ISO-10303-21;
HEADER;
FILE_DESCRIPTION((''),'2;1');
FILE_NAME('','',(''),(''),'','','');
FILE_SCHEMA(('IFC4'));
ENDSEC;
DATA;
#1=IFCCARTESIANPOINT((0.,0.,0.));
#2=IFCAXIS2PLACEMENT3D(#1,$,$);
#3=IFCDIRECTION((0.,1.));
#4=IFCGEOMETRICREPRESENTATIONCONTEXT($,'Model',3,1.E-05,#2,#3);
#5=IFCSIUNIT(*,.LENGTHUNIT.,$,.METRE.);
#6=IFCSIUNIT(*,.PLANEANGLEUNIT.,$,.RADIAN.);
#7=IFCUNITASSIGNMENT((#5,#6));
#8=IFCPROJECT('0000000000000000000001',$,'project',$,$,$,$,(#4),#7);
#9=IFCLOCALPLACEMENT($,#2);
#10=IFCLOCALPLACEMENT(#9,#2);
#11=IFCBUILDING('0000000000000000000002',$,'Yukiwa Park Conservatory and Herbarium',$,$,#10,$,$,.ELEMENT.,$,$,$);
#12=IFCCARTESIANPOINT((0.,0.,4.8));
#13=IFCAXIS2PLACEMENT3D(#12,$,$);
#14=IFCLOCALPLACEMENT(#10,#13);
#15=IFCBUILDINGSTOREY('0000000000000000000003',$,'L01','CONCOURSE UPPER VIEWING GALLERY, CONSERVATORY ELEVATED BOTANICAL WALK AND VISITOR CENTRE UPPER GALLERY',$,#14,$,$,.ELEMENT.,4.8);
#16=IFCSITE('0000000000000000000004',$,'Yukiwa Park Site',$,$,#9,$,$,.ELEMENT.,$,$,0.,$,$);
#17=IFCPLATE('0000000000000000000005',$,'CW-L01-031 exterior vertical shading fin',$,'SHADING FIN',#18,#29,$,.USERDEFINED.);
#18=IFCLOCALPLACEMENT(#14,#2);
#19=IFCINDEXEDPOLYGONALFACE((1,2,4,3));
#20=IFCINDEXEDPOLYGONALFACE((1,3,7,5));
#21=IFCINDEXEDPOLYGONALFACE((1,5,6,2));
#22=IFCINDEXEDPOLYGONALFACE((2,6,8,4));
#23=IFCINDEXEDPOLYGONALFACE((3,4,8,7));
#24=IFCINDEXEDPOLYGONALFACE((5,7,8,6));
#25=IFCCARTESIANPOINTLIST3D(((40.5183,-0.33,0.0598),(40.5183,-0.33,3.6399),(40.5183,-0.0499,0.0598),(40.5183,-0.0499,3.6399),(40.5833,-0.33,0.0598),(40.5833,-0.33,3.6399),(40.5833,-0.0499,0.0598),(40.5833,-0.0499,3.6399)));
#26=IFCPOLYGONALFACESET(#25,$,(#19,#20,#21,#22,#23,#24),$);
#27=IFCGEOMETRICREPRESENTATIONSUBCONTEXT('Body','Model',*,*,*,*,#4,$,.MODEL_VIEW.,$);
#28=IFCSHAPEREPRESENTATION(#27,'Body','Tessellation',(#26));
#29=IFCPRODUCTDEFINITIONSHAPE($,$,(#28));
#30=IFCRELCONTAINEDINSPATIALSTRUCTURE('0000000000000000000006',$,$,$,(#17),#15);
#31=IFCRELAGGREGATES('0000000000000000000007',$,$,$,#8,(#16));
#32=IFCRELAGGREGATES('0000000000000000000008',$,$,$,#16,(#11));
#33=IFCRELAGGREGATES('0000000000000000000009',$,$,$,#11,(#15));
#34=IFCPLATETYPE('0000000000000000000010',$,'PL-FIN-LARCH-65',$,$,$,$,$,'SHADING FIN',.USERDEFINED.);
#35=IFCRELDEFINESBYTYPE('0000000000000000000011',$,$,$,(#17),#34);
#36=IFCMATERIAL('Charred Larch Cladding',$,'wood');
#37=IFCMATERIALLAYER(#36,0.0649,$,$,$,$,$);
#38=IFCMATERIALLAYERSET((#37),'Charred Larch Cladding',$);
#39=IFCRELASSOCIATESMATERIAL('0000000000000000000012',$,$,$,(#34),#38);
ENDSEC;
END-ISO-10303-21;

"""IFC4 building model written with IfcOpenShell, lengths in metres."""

from ifc_helpers import new_model, si_unit, direction, frame, origin, origin_2d, place, context, subcontext, project, spatial, rectangle, extrude, material, layer, layer_set, type_object, element, save


model = new_model("IFC4")

# Units and contexts
model_context = context("Model", 3, precision=1e-05, world=origin(), true_north=direction((0.0, 1.0)))
body_context = subcontext(model_context, "Body", "Model", "MODEL_VIEW")
ifc_project = project(units=[si_unit("LENGTHUNIT", "METRE"), si_unit("PLANEANGLEUNIT", "RADIAN")], contexts=[model_context])

# Site, building, storey
site_placement = place(None, origin())
site = spatial("IfcSite", under=ifc_project, at=site_placement, Name="Yukiwa Park Site", CompositionType="ELEMENT", RefElevation=0.0)
building_placement = place(site_placement, origin())
building = spatial("IfcBuilding", under=site, at=building_placement, Name="Yukiwa Park Conservatory and Herbarium", CompositionType="ELEMENT")
storey_placement = place(building_placement, frame((0.0, 0.0, 4.8)))
storey = spatial("IfcBuildingStorey", under=building, at=storey_placement, Name="L01", Description="CONCOURSE UPPER VIEWING GALLERY, CONSERVATORY ELEVATED BOTANICAL WALK AND VISITOR CENTRE UPPER GALLERY", CompositionType="ELEMENT", Elevation=4.8)

# Plate
ifc_material_1 = material(Name="Charred Larch Cladding", Category="wood")
ifc_layer_1 = layer(ifc_material_1, 0.0649)
ifc_layer_set_1 = layer_set([ifc_layer_1], Name="Charred Larch Cladding")
plate_type_1 = type_object("IfcPlateType", Name="PL-FIN-LARCH-65", ElementType="SHADING FIN", PredefinedType="USERDEFINED", material=ifc_layer_set_1)
plate_1_placement = place(storey_placement, frame((40.5508, -0.1899, 0.0598), z_axis=(0.0, 0.0, 1.0), x_axis=(1.0, 0.0, 0.0)))
element("IfcPlate", 1, at=plate_1_placement, inside=storey, type_object=plate_type_1, Name="CW-L01-031 exterior vertical shading fin", ObjectType="SHADING FIN", PredefinedType="USERDEFINED", context=body_context, shape_type="SweptSolid", body=[
    extrude(rectangle(XDim=0.0649, YDim=0.28, at=origin_2d()), origin(), (0.0, 0.0, 1.0), 3.5801),
])

save(model, "model.ifc")
